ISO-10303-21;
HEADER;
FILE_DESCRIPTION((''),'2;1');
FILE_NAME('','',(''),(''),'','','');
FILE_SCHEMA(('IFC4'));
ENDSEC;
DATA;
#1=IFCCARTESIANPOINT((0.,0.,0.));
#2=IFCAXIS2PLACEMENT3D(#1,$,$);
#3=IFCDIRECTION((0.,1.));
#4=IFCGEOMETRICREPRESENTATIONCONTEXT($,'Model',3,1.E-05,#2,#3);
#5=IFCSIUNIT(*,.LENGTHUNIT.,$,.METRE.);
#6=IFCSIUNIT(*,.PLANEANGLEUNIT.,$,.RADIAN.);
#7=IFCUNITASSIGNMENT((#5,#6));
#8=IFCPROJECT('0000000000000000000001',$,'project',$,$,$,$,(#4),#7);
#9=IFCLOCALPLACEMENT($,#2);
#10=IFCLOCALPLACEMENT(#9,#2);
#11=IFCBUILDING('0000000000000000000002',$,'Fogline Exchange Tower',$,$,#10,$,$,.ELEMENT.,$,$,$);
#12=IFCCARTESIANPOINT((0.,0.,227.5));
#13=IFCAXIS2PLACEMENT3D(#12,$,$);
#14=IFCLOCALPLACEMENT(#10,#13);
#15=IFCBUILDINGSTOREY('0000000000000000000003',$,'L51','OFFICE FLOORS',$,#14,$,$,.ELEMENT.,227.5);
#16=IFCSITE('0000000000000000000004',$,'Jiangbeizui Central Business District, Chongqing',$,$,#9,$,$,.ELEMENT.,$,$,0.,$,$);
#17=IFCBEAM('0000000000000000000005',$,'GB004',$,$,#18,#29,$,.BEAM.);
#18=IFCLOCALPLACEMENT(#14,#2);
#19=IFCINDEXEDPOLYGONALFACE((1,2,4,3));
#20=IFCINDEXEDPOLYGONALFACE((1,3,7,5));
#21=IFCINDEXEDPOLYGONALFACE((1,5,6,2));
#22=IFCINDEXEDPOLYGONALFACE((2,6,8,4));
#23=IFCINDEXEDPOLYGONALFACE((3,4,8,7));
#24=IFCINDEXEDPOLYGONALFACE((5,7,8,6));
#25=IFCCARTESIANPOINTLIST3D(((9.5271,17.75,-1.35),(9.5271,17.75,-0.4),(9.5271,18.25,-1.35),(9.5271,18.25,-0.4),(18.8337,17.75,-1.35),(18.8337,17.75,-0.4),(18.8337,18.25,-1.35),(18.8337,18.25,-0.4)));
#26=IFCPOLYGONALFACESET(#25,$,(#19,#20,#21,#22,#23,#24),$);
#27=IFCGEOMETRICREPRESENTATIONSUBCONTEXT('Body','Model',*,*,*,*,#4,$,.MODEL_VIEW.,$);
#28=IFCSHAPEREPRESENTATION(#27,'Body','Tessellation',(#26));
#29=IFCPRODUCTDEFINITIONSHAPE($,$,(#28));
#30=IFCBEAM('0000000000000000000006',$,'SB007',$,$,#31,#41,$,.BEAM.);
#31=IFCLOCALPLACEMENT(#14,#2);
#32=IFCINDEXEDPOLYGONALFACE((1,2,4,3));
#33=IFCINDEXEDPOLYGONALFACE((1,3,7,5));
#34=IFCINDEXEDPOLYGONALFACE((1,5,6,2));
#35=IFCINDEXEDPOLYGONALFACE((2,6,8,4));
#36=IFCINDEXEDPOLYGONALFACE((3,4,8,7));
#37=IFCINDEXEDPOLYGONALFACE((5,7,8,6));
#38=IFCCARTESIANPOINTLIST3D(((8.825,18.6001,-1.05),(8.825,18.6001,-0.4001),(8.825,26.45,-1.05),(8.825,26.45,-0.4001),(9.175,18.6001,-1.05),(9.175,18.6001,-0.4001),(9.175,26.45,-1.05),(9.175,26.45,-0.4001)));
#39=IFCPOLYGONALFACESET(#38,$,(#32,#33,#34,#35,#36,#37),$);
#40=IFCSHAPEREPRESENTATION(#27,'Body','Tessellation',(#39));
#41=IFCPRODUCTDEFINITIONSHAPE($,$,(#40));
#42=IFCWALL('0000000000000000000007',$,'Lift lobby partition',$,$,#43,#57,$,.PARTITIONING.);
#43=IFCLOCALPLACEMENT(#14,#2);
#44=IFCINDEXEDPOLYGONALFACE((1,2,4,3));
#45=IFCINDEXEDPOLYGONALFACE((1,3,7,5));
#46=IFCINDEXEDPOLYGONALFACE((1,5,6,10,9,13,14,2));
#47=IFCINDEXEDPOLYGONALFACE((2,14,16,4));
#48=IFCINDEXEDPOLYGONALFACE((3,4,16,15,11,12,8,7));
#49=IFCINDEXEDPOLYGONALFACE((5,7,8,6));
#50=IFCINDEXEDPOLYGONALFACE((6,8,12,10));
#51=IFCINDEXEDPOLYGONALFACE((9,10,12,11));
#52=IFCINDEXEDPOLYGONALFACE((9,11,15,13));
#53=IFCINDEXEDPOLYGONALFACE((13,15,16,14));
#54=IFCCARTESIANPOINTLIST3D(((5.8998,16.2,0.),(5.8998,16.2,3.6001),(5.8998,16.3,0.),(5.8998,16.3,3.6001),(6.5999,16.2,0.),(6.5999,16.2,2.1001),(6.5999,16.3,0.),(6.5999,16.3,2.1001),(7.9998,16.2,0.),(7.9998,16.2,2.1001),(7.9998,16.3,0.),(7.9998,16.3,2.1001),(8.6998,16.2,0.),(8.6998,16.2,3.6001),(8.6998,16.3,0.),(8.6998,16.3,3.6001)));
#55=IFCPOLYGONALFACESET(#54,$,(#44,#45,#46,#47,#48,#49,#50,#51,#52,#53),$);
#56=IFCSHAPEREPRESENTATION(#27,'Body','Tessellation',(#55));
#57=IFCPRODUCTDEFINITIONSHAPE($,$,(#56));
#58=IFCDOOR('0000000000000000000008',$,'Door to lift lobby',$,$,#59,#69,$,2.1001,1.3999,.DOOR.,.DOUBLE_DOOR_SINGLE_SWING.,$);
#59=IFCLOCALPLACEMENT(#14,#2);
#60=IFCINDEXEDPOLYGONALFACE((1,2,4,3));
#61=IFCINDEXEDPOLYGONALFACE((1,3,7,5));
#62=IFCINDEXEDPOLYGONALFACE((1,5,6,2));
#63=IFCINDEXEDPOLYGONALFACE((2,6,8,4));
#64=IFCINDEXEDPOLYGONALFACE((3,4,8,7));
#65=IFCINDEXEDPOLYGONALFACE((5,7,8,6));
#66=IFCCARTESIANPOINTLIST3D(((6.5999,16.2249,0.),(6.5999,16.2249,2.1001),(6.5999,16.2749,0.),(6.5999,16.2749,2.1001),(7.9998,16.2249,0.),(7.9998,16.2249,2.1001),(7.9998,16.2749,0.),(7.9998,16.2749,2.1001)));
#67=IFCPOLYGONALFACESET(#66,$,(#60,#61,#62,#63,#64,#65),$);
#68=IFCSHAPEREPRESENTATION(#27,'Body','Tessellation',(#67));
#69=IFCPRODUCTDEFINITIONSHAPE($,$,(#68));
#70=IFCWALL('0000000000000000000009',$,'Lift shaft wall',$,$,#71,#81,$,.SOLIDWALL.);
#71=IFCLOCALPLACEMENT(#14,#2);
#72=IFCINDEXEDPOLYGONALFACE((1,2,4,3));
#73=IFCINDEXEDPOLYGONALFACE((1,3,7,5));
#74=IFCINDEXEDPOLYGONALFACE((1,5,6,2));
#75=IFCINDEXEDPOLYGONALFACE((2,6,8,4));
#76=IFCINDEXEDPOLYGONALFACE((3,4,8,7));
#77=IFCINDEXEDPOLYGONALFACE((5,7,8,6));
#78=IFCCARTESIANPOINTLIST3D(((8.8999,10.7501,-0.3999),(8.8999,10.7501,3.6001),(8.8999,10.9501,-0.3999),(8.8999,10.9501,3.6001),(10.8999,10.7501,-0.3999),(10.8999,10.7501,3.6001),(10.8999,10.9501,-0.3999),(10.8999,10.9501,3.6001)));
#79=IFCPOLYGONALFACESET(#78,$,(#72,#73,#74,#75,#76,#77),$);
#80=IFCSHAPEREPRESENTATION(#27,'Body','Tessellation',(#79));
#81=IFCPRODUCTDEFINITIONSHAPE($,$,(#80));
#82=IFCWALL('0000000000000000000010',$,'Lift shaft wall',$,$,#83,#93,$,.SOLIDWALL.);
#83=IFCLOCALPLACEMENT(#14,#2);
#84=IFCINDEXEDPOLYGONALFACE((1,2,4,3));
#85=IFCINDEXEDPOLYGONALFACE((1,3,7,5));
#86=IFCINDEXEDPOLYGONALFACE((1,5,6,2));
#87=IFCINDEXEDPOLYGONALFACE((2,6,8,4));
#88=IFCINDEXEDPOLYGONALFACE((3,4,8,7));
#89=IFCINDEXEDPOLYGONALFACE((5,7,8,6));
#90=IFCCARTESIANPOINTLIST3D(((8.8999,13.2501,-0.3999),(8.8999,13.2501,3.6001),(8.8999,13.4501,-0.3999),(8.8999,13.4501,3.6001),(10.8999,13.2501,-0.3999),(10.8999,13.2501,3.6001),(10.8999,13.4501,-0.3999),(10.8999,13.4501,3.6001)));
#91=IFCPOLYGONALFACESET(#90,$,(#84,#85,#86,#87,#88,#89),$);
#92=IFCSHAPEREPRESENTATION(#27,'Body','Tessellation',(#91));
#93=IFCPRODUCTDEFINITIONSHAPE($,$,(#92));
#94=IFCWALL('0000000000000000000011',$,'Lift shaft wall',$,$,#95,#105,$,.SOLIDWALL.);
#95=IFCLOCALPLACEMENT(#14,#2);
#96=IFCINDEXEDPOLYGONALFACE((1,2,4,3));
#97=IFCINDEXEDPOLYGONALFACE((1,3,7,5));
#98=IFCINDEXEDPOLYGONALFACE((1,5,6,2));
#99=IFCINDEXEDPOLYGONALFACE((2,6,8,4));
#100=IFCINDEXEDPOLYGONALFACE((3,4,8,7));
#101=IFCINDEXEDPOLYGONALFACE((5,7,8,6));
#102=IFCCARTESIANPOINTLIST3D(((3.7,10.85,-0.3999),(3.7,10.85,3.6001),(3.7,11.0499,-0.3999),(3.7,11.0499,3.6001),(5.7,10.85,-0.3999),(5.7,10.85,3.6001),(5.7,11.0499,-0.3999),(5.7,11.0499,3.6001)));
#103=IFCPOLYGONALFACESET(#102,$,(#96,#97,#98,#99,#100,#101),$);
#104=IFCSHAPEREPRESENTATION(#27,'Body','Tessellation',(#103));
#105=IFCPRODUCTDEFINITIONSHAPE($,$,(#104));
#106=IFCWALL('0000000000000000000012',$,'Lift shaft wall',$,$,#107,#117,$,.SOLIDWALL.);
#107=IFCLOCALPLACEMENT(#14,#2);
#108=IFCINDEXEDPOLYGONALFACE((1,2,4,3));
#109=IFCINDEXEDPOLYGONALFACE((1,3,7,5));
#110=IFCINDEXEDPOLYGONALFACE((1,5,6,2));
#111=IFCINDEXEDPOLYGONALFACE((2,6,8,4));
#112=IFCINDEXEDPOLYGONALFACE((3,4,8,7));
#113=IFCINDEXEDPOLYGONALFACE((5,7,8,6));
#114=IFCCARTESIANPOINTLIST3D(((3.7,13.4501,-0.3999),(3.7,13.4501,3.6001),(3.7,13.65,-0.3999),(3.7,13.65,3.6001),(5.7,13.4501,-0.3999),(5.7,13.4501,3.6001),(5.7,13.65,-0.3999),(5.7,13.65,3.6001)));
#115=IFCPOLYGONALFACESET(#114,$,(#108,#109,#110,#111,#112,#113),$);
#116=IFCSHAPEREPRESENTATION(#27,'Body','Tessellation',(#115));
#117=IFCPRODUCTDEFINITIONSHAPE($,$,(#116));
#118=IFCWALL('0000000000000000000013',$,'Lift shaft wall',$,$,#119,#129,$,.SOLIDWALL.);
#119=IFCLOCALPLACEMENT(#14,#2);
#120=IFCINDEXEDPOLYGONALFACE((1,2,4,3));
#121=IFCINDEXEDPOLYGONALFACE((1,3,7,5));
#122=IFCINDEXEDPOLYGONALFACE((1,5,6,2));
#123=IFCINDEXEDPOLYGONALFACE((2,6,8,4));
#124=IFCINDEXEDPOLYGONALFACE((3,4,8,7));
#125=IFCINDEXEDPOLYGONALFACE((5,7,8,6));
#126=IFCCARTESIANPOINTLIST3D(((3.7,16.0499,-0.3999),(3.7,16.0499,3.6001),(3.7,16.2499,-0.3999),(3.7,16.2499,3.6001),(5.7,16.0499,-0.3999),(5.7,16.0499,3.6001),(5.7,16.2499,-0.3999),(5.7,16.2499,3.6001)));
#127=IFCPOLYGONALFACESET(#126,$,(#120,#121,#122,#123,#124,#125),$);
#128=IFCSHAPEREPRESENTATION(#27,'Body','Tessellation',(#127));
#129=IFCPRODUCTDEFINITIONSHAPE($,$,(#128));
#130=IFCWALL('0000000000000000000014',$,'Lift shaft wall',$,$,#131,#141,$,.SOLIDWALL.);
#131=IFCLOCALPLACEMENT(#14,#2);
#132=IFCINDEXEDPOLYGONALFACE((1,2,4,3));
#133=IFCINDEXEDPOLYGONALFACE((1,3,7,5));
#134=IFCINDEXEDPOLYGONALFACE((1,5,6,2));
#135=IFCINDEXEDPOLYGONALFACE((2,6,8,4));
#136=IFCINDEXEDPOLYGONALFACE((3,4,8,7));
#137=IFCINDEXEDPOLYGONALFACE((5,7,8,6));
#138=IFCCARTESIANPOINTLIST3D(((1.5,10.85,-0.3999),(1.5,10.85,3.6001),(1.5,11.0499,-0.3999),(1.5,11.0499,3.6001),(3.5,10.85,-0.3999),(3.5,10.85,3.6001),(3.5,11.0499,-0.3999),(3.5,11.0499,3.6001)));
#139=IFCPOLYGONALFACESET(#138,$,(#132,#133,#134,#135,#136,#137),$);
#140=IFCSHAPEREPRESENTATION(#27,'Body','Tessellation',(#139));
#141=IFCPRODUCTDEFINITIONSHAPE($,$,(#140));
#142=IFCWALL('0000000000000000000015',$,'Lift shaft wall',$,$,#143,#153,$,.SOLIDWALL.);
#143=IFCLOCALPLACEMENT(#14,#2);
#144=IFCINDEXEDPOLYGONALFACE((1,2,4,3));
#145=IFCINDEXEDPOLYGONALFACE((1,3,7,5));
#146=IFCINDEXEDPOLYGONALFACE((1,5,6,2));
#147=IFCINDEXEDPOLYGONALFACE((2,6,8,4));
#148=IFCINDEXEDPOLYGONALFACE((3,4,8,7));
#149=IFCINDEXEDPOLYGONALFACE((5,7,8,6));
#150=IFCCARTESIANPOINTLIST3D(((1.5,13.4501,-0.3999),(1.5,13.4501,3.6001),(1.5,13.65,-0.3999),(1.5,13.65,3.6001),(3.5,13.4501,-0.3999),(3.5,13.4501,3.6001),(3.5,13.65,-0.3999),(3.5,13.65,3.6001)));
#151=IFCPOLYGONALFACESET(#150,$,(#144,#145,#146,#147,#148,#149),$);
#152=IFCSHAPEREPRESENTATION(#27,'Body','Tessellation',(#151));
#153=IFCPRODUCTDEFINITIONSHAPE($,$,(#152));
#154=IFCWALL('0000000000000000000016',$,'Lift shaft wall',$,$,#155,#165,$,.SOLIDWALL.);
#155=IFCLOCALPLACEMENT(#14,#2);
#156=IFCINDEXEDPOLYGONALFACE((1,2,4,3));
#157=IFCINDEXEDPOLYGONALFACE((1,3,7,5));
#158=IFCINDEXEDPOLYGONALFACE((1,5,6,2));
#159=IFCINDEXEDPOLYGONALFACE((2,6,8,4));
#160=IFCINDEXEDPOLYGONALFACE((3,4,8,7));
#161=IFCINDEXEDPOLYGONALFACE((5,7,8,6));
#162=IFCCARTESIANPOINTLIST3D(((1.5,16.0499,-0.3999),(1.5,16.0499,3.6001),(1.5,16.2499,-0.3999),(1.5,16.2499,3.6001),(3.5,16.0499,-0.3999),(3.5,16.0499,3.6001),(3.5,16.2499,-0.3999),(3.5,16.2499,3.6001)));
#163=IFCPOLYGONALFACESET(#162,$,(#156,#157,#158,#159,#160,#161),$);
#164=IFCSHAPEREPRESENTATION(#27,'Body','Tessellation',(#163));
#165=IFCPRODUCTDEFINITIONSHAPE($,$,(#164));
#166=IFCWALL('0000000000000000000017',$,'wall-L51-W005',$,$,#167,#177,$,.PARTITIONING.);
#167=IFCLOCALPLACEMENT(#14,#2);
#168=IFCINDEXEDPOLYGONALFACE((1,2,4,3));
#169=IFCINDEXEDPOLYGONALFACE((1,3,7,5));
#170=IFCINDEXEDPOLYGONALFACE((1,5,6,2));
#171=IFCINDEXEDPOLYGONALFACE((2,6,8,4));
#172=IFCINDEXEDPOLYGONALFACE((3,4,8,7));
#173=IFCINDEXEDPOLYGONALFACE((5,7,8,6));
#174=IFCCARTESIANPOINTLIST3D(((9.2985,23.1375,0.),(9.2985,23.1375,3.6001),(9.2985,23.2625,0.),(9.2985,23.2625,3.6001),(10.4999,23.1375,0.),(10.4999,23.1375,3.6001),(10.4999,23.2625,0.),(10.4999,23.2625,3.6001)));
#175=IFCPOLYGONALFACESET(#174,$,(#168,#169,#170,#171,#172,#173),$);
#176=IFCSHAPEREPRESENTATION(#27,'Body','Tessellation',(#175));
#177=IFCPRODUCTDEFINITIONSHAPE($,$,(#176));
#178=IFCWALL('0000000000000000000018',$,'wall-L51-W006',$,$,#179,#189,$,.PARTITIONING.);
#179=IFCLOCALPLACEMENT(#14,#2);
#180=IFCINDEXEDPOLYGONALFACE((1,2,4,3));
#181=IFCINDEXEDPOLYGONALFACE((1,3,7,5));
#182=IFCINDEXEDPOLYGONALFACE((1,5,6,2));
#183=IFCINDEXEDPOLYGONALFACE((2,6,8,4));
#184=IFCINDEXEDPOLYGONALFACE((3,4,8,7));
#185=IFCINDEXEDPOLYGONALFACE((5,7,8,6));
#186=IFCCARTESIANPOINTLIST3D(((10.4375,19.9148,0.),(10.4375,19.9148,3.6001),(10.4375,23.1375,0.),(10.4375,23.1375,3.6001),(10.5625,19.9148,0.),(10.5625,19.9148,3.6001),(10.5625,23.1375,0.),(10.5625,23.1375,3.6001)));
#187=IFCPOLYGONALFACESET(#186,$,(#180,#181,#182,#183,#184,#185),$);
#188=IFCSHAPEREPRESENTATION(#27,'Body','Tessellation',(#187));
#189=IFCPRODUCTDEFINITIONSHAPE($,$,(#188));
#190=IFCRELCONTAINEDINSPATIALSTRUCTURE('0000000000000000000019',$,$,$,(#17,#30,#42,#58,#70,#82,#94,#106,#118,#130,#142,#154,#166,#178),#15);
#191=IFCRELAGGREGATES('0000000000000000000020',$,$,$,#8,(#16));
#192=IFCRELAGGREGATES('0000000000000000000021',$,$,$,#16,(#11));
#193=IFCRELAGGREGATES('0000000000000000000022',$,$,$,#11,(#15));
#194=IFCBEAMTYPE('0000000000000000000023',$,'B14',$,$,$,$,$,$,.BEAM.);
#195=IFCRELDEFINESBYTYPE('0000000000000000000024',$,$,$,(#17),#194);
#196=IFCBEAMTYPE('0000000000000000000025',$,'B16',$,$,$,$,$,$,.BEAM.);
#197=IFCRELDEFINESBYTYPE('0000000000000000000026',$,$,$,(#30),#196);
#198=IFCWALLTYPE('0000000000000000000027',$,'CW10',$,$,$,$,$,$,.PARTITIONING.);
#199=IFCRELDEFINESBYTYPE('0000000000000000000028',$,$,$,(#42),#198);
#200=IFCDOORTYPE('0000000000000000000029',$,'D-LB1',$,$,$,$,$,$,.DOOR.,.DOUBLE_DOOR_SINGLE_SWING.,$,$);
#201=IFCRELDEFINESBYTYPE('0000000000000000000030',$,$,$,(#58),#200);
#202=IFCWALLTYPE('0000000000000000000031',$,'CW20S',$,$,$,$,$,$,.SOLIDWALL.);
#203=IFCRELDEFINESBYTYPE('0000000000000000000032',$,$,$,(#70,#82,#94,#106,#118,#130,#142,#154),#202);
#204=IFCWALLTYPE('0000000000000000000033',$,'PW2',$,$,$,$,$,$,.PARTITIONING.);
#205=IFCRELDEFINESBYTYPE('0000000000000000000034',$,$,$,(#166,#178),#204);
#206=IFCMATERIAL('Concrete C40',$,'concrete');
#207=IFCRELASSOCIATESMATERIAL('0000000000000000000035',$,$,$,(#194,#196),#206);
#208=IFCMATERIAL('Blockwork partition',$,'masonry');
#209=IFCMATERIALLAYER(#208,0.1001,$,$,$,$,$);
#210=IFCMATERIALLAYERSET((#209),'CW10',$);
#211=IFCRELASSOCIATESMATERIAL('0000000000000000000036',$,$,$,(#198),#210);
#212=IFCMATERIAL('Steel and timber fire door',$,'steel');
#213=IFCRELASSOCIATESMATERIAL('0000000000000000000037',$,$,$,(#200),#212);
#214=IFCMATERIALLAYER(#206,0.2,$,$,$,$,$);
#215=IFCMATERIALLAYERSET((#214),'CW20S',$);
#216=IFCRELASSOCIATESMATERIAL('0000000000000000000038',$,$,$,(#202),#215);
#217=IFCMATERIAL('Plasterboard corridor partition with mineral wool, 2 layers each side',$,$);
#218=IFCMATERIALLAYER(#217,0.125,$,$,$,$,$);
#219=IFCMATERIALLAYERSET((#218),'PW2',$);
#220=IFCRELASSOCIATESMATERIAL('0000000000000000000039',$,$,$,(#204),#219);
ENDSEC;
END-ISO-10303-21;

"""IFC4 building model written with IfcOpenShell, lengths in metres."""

from ifc_helpers import new_model, si_unit, direction, frame, frame_2d, origin, origin_2d, place, context, subcontext, project, spatial, rectangle, extrude, material, layer, layer_set, material_profile, profile_set, type_object, element, fill, save


model = new_model("IFC4")

# Units and contexts
model_context = context("Model", 3, precision=1e-05, world=origin(), true_north=direction((0.0, 1.0)))
body_context = subcontext(model_context, "Body", "Model", "MODEL_VIEW")
ifc_project = project(units=[si_unit("LENGTHUNIT", "METRE"), si_unit("PLANEANGLEUNIT", "RADIAN")], contexts=[model_context])

# Site, building, storey
site_placement = place(None, origin())
site = spatial("IfcSite", under=ifc_project, at=site_placement, Name="Jiangbeizui Central Business District, Chongqing", CompositionType="ELEMENT", RefElevation=0.0)
building_placement = place(site_placement, origin())
building = spatial("IfcBuilding", under=site, at=building_placement, Name="Fogline Exchange Tower", CompositionType="ELEMENT")
storey_placement = place(building_placement, frame((0.0, 0.0, 227.5)))
storey = spatial("IfcBuildingStorey", under=building, at=storey_placement, Name="L51", Description="OFFICE FLOORS", CompositionType="ELEMENT", Elevation=227.5)

# Beams
ifc_material_1 = material(Name="Concrete C40", Category="concrete")
ifc_material_profile_1 = material_profile(ifc_material_1, rectangle(XDim=0.5, YDim=0.95, at=origin_2d()), Name="RC 500x950")
ifc_profile_set_1 = profile_set([ifc_material_profile_1], Name="Concrete C40")
beam_type_1 = type_object("IfcBeamType", Name="B14", PredefinedType="BEAM", material=ifc_profile_set_1)
beam_1_placement = place(storey_placement, frame((9.5271, 18.0, -0.875), z_axis=(1.0, 0.0, 0.0), x_axis=(0.0, 1.0, 0.0)))
element("IfcBeam", 1, at=beam_1_placement, inside=storey, type_object=beam_type_1, Name="GB004", PredefinedType="BEAM", context=body_context, shape_type="SweptSolid", body=[
    extrude(rectangle(XDim=0.5, YDim=0.95, at=origin_2d()), origin(), (0.0, 0.0, 1.0), 9.3066),
])
ifc_material_profile_2 = material_profile(ifc_material_1, rectangle(XDim=0.3501, YDim=0.6499, at=origin_2d()), Name="RC 350x650")
ifc_profile_set_2 = profile_set([ifc_material_profile_2], Name="Concrete C40")
beam_type_2 = type_object("IfcBeamType", Name="B16", PredefinedType="BEAM", material=ifc_profile_set_2)
beam_2_placement = place(storey_placement, frame((9.0, 18.6001, -0.7251), z_axis=(0.0, 1.0, 0.0), x_axis=(-1.0, 0.0, 0.0)))
element("IfcBeam", 2, at=beam_2_placement, inside=storey, type_object=beam_type_2, Name="SB007", PredefinedType="BEAM", context=body_context, shape_type="SweptSolid", body=[
    extrude(rectangle(XDim=0.3501, YDim=0.6499, at=origin_2d()), origin(), (0.0, 0.0, 1.0), 7.8499),
])

# Wall, opening, door
ifc_material_2 = material(Name="Blockwork partition", Category="masonry")
ifc_layer_1 = layer(ifc_material_2, 0.1001)
ifc_layer_set_1 = layer_set([ifc_layer_1], Name="CW10")
wall_type_1 = type_object("IfcWallType", Name="CW10", PredefinedType="PARTITIONING", material=ifc_layer_set_1)
wall_1_placement = place(storey_placement, frame((5.8999, 16.25, 0.0), z_axis=(0.0, 0.0, 1.0), x_axis=(1.0, 0.0, 0.0)))
wall_1 = element("IfcWall", 3, at=wall_1_placement, inside=storey, type_object=wall_type_1, Name="Lift lobby partition", PredefinedType="PARTITIONING", context=body_context, shape_type="SweptSolid", body=[
    extrude(rectangle(XDim=2.8, YDim=0.1001, at=frame_2d((1.3999, 0.0))), origin(), (0.0, 0.0, 1.0), 3.6001),
])
opening_1_placement = place(wall_1_placement, frame((0.7, 0.0, 0.0)))
opening_1 = element("IfcOpeningElement", 4, at=opening_1_placement, cuts=wall_1, PredefinedType="OPENING", context=body_context, shape_type="SweptSolid", body=[
    extrude(rectangle(XDim=1.3999, YDim=2.1001, at=frame_2d((0.7, 1.05))), frame((0.0, 0.0601, 0.0), z_axis=(0.0, -1.0, 0.0), x_axis=(1.0, 0.0, 0.0)), (0.0, 0.0, 1.0), 0.1201),
])
ifc_material_3 = material(Name="Steel and timber fire door", Category="steel")
door_type_1 = type_object("IfcDoorType", Name="D-LB1", OperationType="DOUBLE_DOOR_SINGLE_SWING", PredefinedType="DOOR", material=ifc_material_3)
door_1_placement = place(opening_1_placement, origin())
door_1 = element("IfcDoor", 5, at=door_1_placement, inside=storey, type_object=door_type_1, Name="Door to lift lobby", OperationType="DOUBLE_DOOR_SINGLE_SWING", OverallHeight=2.1001, OverallWidth=1.3999, PredefinedType="DOOR", context=body_context, shape_type="SweptSolid", body=[
    extrude(rectangle(XDim=1.3999, YDim=2.1001, at=frame_2d((0.7, 1.05))), frame((0.0, 0.0249, 0.0), z_axis=(0.0, -1.0, 0.0), x_axis=(1.0, 0.0, 0.0)), (0.0, 0.0, 1.0), 0.05),
])
fill(opening_1, door_1)

# Walls
ifc_layer_2 = layer(ifc_material_1, 0.2)
ifc_layer_set_2 = layer_set([ifc_layer_2], Name="CW20S")
wall_type_2 = type_object("IfcWallType", Name="CW20S", PredefinedType="SOLIDWALL", material=ifc_layer_set_2)
for number, where, z_axis, x_axis, name in (
    (6, (8.8999, 10.8501, -0.3999), (0.0, 0.0, 1.0), (1.0, 0.0, 0.0), "Lift shaft wall"),
    (7, (8.8999, 13.3501, -0.3999), (0.0, 0.0, 1.0), (1.0, 0.0, 0.0), "Lift shaft wall"),
    (8, (3.7, 10.95, -0.3999), (0.0, 0.0, 1.0), (1.0, 0.0, 0.0), "Lift shaft wall"),
    (9, (3.7, 13.55, -0.3999), (0.0, 0.0, 1.0), (1.0, 0.0, 0.0), "Lift shaft wall"),
    (10, (3.7, 16.1499, -0.3999), (0.0, 0.0, 1.0), (1.0, 0.0, 0.0), "Lift shaft wall"),
    (11, (1.5, 10.95, -0.3999), (0.0, 0.0, 1.0), (1.0, 0.0, 0.0), "Lift shaft wall"),
    (12, (1.5, 13.55, -0.3999), (0.0, 0.0, 1.0), (1.0, 0.0, 0.0), "Lift shaft wall"),
    (13, (1.5, 16.1499, -0.3999), (0.0, 0.0, 1.0), (1.0, 0.0, 0.0), "Lift shaft wall"),
):
    element("IfcWall", number, at=place(storey_placement, frame(where, z_axis=z_axis, x_axis=x_axis)), inside=storey, type_object=wall_type_2, Name=name, PredefinedType="SOLIDWALL", context=body_context, shape_type="SweptSolid", body=[
        extrude(rectangle(XDim=2.0, YDim=0.2, at=frame_2d((1.0, 0.0))), origin(), (0.0, 0.0, 1.0), 4.0),
    ])
ifc_material_4 = material(Name="Plasterboard corridor partition with mineral wool, 2 layers each side")
ifc_layer_3 = layer(ifc_material_4, 0.125)
ifc_layer_set_3 = layer_set([ifc_layer_3], Name="PW2")
wall_type_3 = type_object("IfcWallType", Name="PW2", PredefinedType="PARTITIONING", material=ifc_layer_set_3)
wall_2_placement = place(storey_placement, frame((9.2986, 23.2, 0.0), z_axis=(0.0, 0.0, 1.0), x_axis=(1.0, 0.0, 0.0)))
element("IfcWall", 14, at=wall_2_placement, inside=storey, type_object=wall_type_3, Name="wall-L51-W005", PredefinedType="PARTITIONING", context=body_context, shape_type="SweptSolid", body=[
    extrude(rectangle(XDim=1.2014, YDim=0.125, at=frame_2d((0.6006, 0.0))), origin(), (0.0, 0.0, 1.0), 3.6001),
])
wall_3_placement = place(storey_placement, frame((10.5, 23.1375, 0.0), z_axis=(0.0, 0.0, 1.0), x_axis=(0.0, -1.0, 0.0)))
element("IfcWall", 15, at=wall_3_placement, inside=storey, type_object=wall_type_3, Name="wall-L51-W006", PredefinedType="PARTITIONING", context=body_context, shape_type="SweptSolid", body=[
    extrude(rectangle(XDim=3.2227, YDim=0.125, at=frame_2d((1.6113, 0.0))), origin(), (0.0, 0.0, 1.0), 3.6001),
])

save(model, "model.ifc")
